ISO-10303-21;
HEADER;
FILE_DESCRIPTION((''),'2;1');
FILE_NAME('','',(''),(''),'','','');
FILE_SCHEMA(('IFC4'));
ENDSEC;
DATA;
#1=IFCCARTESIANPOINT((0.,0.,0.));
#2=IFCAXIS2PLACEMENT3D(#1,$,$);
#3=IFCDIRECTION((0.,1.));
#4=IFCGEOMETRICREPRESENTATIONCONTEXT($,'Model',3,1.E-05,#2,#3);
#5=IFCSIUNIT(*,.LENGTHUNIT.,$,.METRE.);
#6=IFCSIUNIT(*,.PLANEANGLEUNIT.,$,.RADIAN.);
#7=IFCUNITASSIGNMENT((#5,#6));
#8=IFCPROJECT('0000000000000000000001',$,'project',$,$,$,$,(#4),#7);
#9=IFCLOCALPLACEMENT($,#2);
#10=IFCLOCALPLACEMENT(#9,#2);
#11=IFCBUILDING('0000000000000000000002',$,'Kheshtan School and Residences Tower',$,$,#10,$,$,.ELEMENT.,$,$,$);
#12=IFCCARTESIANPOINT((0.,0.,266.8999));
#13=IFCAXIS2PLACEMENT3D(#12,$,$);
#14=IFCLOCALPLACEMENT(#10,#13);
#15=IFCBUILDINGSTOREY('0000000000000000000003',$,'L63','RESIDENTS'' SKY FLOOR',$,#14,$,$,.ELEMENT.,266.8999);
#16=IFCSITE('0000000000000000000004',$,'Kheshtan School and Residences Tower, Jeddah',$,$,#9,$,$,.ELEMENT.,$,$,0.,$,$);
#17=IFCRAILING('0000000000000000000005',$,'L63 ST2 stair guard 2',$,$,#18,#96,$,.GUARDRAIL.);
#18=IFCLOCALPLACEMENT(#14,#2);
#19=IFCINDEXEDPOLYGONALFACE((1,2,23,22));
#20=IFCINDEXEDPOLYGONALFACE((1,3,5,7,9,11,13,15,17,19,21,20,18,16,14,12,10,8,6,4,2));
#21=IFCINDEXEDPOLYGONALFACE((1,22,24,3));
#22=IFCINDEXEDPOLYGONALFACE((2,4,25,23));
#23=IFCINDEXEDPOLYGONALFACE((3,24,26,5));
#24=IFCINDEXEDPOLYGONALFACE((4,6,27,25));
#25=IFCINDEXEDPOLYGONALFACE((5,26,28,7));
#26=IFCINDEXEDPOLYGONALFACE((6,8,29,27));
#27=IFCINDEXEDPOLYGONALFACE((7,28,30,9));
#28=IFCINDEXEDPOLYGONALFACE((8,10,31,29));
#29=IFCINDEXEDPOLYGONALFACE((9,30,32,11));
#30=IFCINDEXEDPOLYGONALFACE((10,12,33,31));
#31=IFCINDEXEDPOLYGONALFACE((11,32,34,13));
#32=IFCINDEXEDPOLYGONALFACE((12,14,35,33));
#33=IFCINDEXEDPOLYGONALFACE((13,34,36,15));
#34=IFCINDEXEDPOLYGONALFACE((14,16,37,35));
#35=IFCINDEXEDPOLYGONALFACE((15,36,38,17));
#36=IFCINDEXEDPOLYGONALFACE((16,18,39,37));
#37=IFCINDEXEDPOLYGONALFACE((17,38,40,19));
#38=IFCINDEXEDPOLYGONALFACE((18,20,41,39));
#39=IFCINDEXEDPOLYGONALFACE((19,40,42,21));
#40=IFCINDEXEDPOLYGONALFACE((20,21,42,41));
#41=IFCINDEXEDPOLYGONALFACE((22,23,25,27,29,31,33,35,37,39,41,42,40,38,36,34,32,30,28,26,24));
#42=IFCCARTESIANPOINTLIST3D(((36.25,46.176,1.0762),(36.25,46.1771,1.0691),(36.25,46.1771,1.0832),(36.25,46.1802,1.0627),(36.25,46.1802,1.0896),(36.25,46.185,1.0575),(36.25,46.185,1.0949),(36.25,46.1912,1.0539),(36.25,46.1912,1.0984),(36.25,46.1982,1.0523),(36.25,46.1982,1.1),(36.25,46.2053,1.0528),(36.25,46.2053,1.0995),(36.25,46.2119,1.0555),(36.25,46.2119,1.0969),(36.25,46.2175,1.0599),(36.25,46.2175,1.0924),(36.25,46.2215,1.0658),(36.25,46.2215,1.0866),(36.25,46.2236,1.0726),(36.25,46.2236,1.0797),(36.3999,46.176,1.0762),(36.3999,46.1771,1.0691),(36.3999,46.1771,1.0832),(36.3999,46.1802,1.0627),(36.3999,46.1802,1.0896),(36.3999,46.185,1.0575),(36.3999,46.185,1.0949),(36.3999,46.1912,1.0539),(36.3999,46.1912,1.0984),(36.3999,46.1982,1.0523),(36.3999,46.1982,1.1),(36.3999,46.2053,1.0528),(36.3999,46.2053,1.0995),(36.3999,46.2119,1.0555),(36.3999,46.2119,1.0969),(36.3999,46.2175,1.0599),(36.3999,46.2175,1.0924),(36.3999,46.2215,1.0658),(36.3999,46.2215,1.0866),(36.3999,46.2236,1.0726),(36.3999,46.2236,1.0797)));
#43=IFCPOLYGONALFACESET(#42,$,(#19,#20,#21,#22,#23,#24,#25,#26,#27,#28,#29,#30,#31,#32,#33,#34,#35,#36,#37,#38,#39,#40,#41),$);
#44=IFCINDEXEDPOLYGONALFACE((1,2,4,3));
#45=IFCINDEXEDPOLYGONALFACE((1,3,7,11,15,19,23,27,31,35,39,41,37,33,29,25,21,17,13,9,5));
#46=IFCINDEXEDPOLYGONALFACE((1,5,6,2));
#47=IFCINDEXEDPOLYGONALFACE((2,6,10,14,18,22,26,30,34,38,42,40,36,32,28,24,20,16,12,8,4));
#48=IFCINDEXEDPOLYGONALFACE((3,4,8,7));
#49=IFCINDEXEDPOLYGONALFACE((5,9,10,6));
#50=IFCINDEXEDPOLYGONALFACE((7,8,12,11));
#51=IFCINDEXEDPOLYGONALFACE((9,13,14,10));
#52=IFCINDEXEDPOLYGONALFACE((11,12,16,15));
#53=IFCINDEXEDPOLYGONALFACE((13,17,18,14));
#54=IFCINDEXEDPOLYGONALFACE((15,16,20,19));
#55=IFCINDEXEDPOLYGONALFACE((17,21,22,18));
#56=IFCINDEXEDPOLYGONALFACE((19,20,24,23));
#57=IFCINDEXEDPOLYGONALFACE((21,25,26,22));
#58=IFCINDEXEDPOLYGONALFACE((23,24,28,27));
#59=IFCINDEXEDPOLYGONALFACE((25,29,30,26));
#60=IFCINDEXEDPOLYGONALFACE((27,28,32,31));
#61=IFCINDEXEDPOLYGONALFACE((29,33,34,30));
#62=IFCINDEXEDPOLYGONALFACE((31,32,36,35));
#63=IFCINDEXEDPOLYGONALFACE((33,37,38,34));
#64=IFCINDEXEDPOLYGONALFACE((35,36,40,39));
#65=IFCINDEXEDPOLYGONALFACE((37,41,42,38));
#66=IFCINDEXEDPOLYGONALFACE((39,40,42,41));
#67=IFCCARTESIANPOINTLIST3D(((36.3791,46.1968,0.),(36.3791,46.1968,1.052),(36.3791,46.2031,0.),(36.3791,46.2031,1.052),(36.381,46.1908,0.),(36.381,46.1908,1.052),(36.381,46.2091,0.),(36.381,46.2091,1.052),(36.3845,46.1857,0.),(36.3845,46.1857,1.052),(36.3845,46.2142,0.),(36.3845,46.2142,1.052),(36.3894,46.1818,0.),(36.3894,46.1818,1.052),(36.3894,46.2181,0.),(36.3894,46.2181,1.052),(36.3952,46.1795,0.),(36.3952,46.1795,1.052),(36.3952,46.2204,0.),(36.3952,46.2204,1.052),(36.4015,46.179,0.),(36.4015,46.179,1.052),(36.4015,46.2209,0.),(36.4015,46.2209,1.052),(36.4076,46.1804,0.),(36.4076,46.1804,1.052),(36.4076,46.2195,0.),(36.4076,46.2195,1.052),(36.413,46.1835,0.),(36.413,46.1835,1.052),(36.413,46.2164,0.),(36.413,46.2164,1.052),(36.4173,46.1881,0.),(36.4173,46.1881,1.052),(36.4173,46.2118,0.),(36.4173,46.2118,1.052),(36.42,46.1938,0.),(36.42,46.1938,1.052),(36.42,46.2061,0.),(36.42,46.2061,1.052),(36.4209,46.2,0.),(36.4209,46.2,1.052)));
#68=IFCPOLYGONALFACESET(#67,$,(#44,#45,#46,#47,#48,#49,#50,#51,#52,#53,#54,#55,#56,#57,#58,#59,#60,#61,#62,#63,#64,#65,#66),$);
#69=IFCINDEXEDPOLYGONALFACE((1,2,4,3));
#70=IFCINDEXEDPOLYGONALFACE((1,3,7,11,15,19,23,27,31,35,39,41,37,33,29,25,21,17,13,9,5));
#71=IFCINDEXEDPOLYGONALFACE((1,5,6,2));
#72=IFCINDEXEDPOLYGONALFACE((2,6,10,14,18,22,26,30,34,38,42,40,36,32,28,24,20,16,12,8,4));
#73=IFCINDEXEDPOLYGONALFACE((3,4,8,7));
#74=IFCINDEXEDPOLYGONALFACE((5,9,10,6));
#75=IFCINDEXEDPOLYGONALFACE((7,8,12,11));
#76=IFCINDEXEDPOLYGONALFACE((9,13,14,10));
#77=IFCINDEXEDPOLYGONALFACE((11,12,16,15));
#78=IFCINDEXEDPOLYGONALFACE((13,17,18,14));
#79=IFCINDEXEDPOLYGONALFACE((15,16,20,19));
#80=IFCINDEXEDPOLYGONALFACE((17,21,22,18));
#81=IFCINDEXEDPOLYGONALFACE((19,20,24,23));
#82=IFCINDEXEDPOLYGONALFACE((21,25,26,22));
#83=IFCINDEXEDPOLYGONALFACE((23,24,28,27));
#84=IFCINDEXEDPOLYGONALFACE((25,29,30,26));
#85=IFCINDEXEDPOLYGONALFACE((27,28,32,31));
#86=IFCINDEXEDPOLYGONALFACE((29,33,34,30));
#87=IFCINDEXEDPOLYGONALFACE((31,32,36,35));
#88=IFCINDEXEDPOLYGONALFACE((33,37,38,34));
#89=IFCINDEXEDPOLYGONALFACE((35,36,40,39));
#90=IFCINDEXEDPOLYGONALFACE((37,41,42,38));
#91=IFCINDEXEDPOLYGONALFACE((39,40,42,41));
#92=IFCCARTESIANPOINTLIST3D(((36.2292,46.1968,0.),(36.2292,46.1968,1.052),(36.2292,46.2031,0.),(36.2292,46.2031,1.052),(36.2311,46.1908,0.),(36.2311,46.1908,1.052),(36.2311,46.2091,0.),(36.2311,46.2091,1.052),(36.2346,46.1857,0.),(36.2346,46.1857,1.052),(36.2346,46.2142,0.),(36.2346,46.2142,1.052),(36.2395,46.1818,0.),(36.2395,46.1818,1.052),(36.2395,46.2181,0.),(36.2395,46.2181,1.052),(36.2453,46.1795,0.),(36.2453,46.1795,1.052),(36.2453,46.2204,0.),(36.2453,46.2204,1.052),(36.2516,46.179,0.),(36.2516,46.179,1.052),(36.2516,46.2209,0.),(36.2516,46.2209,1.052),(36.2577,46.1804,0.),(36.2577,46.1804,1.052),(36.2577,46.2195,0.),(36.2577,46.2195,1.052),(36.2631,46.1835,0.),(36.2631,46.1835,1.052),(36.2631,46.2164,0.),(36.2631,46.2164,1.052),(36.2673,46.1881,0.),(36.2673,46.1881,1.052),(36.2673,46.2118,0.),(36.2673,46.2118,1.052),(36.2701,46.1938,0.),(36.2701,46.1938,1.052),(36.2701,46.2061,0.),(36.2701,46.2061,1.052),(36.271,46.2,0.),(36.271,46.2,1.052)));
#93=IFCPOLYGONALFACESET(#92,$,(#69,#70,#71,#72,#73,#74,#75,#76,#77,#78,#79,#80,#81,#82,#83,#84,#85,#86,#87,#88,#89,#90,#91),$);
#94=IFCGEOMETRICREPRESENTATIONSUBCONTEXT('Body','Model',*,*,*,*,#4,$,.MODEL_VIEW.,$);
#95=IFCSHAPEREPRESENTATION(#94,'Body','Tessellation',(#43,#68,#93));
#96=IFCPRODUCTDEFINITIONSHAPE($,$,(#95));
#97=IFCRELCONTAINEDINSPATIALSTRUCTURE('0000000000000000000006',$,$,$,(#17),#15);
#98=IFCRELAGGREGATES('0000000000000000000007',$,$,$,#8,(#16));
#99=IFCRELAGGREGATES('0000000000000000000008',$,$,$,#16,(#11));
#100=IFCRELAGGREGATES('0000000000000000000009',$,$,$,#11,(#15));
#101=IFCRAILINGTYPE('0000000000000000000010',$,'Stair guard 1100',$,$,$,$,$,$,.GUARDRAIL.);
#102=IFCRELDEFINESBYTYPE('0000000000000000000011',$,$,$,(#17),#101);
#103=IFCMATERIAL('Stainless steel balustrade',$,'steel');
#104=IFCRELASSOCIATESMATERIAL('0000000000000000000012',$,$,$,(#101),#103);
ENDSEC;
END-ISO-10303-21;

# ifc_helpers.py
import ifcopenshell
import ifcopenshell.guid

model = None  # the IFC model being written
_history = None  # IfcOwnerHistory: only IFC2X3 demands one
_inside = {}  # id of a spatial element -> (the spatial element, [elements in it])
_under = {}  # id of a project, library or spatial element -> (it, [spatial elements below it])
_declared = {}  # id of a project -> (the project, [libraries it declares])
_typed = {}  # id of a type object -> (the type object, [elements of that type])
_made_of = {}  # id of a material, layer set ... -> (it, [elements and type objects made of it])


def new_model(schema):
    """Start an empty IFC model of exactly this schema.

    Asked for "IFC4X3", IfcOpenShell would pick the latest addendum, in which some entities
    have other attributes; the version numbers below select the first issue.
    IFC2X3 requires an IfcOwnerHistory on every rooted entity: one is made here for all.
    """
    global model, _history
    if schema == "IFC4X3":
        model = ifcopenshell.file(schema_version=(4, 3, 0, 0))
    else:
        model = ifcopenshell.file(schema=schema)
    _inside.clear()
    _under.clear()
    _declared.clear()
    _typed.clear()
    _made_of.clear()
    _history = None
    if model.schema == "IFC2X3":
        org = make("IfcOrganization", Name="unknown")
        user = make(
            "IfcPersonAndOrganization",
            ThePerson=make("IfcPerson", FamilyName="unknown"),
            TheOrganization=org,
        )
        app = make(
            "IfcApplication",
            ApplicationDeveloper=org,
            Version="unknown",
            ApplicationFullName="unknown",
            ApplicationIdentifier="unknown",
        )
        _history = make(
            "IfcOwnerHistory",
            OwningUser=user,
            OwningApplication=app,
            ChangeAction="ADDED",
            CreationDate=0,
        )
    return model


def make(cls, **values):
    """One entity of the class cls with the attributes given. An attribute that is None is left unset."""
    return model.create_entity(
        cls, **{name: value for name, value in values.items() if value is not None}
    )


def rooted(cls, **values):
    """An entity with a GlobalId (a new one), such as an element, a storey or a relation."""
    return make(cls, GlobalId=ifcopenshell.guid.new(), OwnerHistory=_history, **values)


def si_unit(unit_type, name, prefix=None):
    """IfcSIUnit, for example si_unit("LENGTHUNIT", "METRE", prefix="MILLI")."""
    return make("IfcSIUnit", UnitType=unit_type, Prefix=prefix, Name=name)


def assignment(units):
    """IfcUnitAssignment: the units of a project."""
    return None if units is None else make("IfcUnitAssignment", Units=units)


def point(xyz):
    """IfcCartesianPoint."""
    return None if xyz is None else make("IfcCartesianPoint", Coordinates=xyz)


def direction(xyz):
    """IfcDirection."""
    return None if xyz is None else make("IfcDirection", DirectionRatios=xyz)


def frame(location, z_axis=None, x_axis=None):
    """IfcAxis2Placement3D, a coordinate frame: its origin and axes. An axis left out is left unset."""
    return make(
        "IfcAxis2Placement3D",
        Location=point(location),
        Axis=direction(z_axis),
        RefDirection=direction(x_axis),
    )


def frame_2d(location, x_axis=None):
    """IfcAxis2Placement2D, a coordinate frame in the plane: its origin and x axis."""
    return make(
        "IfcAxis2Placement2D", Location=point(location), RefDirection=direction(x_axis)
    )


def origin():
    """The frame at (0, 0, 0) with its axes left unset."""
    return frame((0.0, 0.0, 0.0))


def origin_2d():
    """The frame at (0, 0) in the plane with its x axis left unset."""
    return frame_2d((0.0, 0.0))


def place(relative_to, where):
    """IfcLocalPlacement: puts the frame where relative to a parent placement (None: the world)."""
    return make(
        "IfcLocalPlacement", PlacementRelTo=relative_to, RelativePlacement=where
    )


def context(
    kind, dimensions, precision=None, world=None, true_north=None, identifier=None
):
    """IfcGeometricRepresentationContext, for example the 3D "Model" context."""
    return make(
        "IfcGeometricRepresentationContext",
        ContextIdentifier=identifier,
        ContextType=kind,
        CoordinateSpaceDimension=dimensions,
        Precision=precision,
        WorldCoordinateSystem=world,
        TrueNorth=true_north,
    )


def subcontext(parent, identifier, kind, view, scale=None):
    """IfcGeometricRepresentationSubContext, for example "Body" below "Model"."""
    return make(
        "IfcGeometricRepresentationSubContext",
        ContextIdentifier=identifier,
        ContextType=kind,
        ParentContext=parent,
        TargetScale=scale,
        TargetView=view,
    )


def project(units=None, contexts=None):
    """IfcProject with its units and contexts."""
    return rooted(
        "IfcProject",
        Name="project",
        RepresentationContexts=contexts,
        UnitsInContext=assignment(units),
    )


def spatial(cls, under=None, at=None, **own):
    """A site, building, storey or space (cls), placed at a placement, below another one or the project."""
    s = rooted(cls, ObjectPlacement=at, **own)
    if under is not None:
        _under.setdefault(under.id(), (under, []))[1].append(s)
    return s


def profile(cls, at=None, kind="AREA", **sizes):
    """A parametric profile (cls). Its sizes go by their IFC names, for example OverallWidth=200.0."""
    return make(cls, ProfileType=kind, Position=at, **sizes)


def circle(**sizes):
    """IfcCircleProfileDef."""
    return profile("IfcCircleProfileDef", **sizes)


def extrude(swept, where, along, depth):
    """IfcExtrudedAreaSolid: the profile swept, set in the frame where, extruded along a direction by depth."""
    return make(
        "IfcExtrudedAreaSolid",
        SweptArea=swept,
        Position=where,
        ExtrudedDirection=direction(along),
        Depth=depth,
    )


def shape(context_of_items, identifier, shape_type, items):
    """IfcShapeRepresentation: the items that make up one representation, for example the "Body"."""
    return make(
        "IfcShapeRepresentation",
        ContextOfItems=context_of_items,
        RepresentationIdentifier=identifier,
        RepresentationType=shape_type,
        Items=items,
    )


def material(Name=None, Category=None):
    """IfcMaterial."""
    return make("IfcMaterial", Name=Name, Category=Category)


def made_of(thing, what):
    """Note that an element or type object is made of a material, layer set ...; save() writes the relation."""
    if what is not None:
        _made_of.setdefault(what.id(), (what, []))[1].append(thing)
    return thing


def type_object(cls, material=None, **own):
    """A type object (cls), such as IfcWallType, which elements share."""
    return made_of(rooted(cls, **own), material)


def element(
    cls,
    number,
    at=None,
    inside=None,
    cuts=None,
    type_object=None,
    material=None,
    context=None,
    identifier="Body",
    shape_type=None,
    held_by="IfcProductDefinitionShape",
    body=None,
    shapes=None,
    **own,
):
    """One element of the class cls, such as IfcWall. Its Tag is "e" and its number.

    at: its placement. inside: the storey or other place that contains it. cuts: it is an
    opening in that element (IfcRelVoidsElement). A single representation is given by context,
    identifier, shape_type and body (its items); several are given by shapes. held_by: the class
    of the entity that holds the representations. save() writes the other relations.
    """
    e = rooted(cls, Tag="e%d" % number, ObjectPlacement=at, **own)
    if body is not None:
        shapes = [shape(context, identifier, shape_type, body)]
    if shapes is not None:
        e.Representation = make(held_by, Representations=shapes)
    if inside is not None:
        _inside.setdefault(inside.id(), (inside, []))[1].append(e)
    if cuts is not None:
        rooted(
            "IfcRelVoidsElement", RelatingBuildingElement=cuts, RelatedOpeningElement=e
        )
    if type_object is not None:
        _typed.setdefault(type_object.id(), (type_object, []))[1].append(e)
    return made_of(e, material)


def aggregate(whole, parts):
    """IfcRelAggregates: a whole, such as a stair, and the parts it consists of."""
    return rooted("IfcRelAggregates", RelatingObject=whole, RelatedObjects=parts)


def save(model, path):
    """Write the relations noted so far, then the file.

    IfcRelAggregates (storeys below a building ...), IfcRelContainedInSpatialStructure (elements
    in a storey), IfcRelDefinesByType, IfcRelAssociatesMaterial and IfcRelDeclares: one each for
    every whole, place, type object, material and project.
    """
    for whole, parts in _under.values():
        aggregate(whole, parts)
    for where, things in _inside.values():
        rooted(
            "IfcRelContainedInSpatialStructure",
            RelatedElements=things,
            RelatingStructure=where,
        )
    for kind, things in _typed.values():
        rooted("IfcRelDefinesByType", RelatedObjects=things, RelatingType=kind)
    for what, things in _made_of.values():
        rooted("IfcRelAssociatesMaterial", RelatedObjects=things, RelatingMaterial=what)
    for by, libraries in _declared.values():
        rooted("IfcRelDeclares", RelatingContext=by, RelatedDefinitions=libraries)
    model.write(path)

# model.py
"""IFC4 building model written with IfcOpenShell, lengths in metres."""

from ifc_helpers import new_model, si_unit, direction, frame, origin, origin_2d, place, context, subcontext, project, spatial, circle, extrude, material, type_object, element, save


model = new_model("IFC4")

# Units and contexts
model_context = context("Model", 3, precision=1e-05, world=origin(), true_north=direction((0.0, 1.0)))
body_context = subcontext(model_context, "Body", "Model", "MODEL_VIEW")
ifc_project = project(units=[si_unit("LENGTHUNIT", "METRE"), si_unit("PLANEANGLEUNIT", "RADIAN")], contexts=[model_context])

# Site, building, storey
site_placement = place(None, origin())
site = spatial("IfcSite", under=ifc_project, at=site_placement, Name="Kheshtan School and Residences Tower, Jeddah", CompositionType="ELEMENT", RefElevation=0.0)
building_placement = place(site_placement, origin())
building = spatial("IfcBuilding", under=site, at=building_placement, Name="Kheshtan School and Residences Tower", CompositionType="ELEMENT")
storey_placement = place(building_placement, frame((0.0, 0.0, 266.8999)))
storey = spatial("IfcBuildingStorey", under=building, at=storey_placement, Name="L63", Description="RESIDENTS' SKY FLOOR", CompositionType="ELEMENT", Elevation=266.8999)

# Railing
ifc_material_1 = material(Name="Stainless steel balustrade", Category="steel")
railing_type_1 = type_object("IfcRailingType", Name="Stair guard 1100", PredefinedType="GUARDRAIL", material=ifc_material_1)
railing_1_placement = place(storey_placement, frame((36.3999, 46.2, 0.0)))
element("IfcRailing", 1, at=railing_1_placement, inside=storey, type_object=railing_type_1, Name="L63 ST2 stair guard 2", PredefinedType="GUARDRAIL", context=body_context, shape_type="SweptSolid", body=[
    extrude(circle(Radius=0.0239, at=origin_2d()), frame((0.0, 0.0, 1.0762), z_axis=(-1.0, 0.0, 0.0), x_axis=(0.0, -1.0, 0.0)), (0.0, 0.0, 1.0), 0.1499),
    extrude(circle(Radius=0.021, at=origin_2d()), origin(), (0.0, 0.0, 1.0), 1.052),
    extrude(circle(Radius=0.021, at=origin_2d()), frame((-0.1499, 0.0, 0.0)), (0.0, 0.0, 1.0), 1.052),
])

save(model, "model.ifc")
